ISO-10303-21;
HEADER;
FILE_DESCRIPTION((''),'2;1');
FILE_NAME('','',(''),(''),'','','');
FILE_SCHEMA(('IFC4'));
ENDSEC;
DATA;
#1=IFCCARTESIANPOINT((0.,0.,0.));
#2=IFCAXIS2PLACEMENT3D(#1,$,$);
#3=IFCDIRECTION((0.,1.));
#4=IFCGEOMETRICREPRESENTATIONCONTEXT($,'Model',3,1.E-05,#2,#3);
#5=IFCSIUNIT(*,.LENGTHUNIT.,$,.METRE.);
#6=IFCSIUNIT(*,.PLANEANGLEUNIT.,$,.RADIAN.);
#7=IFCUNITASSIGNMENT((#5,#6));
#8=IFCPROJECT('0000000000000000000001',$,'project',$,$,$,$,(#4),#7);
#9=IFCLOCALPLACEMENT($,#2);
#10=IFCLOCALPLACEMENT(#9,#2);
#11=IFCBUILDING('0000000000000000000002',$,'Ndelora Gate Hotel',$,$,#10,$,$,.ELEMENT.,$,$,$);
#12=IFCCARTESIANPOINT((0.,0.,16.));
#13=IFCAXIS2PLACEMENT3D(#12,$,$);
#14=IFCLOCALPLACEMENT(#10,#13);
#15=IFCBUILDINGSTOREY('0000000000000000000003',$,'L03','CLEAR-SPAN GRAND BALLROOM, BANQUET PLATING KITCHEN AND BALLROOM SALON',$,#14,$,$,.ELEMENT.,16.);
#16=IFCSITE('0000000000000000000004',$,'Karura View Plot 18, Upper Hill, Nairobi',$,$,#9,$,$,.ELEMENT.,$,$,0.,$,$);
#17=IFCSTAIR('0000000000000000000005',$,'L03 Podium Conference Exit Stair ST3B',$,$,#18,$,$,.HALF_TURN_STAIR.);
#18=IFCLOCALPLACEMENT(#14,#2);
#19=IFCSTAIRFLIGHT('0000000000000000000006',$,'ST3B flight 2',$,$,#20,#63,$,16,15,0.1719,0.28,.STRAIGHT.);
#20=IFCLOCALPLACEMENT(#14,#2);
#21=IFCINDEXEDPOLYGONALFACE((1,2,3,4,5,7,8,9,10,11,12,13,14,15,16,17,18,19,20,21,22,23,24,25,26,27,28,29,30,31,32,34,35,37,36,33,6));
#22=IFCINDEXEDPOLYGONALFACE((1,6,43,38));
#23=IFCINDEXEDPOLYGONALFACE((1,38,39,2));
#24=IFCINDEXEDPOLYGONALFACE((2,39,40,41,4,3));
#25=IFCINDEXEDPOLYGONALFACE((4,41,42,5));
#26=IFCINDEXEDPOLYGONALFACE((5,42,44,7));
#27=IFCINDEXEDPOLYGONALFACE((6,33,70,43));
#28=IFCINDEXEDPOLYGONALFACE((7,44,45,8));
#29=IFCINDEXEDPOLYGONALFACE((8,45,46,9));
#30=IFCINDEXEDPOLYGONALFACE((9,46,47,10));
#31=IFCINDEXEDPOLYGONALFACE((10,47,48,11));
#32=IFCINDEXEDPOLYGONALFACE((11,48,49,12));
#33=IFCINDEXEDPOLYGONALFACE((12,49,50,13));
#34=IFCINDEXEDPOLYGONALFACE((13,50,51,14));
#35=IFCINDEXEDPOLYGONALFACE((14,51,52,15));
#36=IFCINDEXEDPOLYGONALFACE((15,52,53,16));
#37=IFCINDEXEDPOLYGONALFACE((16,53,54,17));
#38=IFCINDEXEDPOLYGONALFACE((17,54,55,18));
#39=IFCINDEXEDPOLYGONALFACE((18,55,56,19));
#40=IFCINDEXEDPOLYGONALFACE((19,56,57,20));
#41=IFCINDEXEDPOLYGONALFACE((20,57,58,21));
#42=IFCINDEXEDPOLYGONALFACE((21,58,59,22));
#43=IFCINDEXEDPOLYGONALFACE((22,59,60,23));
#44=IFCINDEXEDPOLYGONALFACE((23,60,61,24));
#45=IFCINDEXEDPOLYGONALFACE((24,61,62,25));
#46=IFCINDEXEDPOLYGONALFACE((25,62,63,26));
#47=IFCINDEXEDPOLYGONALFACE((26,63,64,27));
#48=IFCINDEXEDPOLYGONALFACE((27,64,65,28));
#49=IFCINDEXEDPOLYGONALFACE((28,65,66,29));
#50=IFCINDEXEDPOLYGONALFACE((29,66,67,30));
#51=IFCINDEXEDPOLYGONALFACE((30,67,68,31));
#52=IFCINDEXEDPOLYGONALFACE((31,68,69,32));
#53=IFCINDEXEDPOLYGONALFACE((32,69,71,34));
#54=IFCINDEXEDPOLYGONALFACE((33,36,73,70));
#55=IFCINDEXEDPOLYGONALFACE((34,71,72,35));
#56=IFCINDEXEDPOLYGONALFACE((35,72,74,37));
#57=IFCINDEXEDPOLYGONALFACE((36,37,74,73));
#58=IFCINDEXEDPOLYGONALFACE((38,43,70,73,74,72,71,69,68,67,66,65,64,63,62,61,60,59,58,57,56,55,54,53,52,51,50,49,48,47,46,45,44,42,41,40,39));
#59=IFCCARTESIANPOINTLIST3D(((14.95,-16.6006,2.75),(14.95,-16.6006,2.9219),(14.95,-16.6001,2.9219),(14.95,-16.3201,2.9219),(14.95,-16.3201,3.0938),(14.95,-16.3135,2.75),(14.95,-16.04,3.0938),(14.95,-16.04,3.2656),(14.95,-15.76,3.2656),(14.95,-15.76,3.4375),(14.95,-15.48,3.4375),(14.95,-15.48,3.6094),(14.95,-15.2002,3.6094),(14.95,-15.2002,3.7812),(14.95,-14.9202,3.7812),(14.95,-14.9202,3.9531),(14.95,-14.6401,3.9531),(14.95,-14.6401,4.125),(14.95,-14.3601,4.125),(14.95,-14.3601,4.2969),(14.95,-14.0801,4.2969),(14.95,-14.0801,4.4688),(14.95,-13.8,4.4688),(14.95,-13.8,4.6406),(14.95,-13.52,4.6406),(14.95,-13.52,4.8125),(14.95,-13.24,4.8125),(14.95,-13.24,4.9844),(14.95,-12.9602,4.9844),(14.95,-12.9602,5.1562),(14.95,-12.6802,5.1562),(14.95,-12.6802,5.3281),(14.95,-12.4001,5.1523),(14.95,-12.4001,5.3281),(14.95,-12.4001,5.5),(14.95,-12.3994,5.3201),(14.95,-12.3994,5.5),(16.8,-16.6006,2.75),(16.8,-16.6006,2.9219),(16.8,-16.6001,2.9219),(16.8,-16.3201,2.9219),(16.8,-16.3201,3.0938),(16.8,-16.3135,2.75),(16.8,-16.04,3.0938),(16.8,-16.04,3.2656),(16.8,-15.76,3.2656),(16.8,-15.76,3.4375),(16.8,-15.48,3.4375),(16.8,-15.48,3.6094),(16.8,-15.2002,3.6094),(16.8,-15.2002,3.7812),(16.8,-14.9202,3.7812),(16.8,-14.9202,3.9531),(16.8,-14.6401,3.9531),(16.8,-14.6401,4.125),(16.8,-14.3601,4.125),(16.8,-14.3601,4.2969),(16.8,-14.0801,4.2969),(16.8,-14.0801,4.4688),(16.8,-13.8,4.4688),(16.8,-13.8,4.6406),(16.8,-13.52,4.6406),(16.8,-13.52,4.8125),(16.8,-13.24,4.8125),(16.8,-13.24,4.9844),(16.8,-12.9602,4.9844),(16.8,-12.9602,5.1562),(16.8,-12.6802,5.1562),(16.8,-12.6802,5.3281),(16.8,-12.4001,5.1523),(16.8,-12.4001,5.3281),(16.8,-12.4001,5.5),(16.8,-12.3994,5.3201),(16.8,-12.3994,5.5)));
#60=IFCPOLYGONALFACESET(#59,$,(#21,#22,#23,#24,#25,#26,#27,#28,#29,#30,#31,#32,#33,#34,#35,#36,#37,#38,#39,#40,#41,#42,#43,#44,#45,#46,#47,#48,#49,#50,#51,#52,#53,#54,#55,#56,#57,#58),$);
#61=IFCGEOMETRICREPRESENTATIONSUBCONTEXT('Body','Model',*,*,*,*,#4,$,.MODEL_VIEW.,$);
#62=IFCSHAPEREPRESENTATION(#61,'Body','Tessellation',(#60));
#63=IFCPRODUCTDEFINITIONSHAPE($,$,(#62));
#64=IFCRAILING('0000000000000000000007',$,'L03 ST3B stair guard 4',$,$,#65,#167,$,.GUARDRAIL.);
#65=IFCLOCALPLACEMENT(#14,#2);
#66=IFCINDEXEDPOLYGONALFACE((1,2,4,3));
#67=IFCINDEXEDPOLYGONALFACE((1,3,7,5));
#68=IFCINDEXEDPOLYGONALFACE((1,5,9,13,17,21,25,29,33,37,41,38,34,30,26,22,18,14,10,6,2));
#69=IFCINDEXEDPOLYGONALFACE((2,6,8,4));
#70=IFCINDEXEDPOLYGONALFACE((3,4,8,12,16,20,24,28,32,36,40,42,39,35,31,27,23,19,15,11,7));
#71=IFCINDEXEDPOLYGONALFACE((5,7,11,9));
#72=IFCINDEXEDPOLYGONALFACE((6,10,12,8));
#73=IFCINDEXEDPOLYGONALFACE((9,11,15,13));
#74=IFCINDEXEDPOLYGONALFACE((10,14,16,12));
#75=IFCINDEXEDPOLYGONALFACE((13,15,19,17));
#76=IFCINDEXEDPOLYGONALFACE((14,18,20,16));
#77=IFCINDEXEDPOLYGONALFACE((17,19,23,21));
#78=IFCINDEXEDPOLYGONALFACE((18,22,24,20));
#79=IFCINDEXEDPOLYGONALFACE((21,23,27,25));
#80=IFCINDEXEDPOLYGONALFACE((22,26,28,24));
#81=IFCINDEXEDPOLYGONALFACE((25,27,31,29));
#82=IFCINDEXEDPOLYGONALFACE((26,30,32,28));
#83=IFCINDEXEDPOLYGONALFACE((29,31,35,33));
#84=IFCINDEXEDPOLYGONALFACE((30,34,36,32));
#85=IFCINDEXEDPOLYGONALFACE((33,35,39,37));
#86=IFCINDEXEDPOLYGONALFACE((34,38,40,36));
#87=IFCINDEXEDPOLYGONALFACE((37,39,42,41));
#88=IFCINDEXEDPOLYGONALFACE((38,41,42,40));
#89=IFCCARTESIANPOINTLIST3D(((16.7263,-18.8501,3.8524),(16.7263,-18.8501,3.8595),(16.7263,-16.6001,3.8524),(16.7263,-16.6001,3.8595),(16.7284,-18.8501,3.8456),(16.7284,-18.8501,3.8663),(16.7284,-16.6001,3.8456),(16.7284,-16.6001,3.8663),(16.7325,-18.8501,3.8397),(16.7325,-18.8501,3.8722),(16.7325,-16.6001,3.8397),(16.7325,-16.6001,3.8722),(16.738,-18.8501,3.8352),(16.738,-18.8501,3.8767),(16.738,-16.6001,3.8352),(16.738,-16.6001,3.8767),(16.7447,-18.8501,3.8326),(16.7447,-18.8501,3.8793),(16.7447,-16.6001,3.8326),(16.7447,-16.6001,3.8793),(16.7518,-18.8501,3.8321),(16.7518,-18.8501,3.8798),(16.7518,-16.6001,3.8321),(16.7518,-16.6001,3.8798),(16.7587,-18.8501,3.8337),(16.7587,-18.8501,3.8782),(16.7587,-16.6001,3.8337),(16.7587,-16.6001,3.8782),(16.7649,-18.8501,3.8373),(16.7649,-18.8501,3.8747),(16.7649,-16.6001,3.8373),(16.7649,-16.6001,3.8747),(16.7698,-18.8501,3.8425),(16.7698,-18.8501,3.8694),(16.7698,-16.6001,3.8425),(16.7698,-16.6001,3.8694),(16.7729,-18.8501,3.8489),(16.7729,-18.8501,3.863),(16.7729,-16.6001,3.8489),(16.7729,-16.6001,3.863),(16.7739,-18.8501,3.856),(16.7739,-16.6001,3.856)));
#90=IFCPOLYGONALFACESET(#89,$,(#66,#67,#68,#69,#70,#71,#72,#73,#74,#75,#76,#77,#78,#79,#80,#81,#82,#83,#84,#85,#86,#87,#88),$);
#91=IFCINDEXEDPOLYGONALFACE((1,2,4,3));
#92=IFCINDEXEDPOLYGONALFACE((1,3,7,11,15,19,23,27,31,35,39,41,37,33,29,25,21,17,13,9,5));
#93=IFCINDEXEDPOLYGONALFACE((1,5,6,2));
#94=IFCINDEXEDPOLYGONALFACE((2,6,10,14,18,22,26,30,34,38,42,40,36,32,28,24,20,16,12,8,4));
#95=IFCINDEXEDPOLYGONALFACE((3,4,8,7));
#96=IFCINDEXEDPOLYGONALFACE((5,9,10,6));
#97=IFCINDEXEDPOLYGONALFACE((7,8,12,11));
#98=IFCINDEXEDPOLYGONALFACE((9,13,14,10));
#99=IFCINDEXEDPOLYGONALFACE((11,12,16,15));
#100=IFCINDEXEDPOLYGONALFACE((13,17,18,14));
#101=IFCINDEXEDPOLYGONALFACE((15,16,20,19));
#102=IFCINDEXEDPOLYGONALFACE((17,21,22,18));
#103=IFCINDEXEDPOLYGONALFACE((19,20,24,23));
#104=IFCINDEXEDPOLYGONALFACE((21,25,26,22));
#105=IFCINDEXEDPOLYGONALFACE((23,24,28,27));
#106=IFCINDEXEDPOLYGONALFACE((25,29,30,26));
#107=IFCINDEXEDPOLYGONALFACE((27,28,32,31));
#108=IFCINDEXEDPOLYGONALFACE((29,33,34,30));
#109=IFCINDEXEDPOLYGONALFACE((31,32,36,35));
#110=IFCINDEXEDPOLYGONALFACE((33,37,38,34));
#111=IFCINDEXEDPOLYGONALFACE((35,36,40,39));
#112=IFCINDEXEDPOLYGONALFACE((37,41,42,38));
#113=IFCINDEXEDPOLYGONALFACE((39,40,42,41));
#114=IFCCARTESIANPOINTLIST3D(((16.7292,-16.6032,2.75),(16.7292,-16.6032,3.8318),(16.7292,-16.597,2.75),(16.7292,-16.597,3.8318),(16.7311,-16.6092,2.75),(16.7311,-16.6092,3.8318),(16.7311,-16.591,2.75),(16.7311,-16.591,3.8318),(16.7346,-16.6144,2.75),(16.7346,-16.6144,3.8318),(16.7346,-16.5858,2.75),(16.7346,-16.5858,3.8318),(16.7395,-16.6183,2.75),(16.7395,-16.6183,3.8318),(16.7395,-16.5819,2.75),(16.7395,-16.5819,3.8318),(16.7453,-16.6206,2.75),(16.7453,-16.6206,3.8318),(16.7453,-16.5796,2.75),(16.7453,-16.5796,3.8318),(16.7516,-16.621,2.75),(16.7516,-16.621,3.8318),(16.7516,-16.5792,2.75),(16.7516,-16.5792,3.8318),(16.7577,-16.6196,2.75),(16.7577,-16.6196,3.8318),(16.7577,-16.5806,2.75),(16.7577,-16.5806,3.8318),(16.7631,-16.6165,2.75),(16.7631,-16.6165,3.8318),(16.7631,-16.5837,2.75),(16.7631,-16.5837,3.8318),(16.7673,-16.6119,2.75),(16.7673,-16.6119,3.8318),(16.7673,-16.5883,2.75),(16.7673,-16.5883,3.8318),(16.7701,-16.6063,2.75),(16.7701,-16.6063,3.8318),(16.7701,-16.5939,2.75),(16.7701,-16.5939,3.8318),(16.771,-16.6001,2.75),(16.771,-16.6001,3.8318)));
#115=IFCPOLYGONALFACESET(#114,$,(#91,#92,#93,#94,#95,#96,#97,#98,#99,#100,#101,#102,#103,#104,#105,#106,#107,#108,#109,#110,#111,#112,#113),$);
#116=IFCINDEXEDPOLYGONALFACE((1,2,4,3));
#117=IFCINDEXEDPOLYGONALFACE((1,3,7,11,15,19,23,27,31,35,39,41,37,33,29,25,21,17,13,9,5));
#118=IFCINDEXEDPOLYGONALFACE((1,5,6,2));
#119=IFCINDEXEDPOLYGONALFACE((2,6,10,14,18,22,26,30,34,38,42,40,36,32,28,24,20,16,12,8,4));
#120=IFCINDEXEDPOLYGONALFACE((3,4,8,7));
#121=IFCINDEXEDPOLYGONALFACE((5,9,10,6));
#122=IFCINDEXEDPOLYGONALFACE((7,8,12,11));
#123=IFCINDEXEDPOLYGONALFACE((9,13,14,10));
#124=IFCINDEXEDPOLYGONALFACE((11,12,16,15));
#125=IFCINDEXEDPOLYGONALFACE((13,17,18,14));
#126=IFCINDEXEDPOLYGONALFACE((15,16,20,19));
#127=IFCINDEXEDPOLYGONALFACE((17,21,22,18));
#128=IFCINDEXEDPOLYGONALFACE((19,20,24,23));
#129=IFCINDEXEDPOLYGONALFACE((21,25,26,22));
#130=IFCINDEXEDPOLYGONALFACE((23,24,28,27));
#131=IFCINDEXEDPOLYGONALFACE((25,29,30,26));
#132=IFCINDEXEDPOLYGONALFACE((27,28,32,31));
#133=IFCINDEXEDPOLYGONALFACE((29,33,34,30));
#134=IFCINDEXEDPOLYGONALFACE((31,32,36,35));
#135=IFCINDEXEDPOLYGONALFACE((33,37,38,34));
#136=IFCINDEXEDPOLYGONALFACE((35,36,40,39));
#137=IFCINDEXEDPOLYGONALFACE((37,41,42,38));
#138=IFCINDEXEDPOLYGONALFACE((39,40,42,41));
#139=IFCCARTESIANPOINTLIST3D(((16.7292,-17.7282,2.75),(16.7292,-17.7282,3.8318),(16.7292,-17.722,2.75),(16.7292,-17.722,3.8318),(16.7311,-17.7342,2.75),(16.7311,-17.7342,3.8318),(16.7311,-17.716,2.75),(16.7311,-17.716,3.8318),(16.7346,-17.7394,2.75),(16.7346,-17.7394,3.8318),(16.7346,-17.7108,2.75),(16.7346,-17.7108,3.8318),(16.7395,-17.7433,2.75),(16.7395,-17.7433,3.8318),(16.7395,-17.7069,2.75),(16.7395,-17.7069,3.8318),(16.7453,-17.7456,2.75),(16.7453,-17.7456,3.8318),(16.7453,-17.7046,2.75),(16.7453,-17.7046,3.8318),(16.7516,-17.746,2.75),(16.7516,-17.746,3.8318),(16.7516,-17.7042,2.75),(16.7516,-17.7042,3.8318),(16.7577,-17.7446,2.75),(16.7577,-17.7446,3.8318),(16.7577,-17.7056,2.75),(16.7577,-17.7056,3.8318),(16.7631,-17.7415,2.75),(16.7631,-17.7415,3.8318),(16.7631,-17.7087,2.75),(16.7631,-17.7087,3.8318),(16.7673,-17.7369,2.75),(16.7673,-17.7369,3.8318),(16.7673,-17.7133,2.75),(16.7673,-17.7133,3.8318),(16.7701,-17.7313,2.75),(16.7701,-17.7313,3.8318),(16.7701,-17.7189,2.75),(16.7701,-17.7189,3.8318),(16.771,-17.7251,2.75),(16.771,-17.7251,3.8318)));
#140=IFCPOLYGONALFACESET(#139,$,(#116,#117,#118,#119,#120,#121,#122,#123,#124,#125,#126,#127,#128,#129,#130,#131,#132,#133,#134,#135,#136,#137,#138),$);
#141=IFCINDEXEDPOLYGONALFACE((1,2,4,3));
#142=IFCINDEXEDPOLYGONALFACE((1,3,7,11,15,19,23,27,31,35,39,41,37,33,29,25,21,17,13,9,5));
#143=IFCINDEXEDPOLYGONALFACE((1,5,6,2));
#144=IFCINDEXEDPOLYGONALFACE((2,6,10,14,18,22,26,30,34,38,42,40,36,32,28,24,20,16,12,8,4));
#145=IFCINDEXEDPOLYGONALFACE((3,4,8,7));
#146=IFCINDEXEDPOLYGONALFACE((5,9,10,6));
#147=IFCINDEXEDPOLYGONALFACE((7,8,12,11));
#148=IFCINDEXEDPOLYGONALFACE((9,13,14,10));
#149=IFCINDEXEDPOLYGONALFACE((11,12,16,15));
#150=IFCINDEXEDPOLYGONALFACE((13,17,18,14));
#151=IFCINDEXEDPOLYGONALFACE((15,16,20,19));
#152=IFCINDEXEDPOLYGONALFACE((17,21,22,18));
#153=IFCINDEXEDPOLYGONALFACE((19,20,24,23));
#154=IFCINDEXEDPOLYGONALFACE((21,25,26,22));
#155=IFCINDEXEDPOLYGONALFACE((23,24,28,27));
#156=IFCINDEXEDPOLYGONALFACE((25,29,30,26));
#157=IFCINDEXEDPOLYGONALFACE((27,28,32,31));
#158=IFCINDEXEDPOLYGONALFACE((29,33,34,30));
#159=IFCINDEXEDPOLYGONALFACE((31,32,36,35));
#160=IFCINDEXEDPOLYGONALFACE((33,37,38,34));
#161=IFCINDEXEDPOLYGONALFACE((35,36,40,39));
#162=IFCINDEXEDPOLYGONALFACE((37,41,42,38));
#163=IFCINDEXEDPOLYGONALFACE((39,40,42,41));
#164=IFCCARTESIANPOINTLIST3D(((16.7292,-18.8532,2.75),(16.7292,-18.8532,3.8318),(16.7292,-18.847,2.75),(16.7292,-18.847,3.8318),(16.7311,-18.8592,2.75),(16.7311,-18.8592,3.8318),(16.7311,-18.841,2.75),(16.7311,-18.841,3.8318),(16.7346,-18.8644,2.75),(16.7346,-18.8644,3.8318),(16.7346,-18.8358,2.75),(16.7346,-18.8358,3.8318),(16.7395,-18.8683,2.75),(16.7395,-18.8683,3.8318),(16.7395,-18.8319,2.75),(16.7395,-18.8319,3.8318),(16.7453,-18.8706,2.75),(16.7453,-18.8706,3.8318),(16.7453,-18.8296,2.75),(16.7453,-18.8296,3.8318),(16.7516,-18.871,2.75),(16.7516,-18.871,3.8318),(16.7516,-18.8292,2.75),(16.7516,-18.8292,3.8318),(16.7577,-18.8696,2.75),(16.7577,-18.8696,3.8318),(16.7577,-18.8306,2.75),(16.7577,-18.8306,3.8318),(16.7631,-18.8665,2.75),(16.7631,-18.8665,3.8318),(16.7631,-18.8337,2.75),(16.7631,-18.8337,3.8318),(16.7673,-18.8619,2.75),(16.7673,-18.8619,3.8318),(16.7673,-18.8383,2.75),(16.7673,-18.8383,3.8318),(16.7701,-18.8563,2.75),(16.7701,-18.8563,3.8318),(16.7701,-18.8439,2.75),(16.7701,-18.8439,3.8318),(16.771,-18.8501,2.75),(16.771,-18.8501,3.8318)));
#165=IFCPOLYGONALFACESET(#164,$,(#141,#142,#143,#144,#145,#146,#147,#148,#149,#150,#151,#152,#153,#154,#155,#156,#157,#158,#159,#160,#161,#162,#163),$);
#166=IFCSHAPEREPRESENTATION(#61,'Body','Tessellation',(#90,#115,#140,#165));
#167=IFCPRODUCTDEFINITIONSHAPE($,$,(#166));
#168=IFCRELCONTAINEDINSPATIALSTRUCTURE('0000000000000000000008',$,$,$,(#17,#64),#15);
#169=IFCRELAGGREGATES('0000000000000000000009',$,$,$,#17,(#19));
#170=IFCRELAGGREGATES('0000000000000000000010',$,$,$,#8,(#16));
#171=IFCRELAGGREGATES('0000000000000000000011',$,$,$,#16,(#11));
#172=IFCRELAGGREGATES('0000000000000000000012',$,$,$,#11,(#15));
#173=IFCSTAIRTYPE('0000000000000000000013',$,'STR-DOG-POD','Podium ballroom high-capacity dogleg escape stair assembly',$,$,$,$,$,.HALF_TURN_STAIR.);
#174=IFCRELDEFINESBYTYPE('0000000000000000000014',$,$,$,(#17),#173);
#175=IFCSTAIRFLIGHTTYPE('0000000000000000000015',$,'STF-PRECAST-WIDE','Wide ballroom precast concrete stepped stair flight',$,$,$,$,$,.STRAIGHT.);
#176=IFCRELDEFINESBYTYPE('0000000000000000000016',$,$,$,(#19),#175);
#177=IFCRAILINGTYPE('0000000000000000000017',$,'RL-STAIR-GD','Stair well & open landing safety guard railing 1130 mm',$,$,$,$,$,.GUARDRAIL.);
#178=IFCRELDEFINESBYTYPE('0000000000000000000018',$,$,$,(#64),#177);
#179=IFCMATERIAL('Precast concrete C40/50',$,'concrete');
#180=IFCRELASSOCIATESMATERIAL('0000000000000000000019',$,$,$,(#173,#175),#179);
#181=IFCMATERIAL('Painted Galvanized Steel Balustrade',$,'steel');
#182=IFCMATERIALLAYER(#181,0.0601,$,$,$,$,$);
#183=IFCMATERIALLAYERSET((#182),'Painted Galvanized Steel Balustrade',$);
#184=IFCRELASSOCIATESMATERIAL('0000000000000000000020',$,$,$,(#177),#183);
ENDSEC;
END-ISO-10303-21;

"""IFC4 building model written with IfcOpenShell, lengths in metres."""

from ifc_helpers import new_model, si_unit, direction, frame, origin, origin_2d, place, context, subcontext, project, spatial, polyline, circle, outline, extrude, material, layer, layer_set, type_object, element, aggregate, save


model = new_model("IFC4")

# Units and contexts
model_context = context("Model", 3, precision=1e-05, world=origin(), true_north=direction((0.0, 1.0)))
body_context = subcontext(model_context, "Body", "Model", "MODEL_VIEW")
ifc_project = project(units=[si_unit("LENGTHUNIT", "METRE"), si_unit("PLANEANGLEUNIT", "RADIAN")], contexts=[model_context])

# Site, building, storey
site_placement = place(None, origin())
site = spatial("IfcSite", under=ifc_project, at=site_placement, Name="Karura View Plot 18, Upper Hill, Nairobi", CompositionType="ELEMENT", RefElevation=0.0)
building_placement = place(site_placement, origin())
building = spatial("IfcBuilding", under=site, at=building_placement, Name="Ndelora Gate Hotel", CompositionType="ELEMENT")
storey_placement = place(building_placement, frame((0.0, 0.0, 16.0)))
storey = spatial("IfcBuildingStorey", under=building, at=storey_placement, Name="L03", Description="CLEAR-SPAN GRAND BALLROOM, BANQUET PLATING KITCHEN AND BALLROOM SALON", CompositionType="ELEMENT", Elevation=16.0)

# Shared definitions
ifc_material_1 = material(Name="Precast concrete C40/50", Category="concrete")

# Stair, stair flight
stair_type = type_object("IfcStairType", Name="STR-DOG-POD", Description="Podium ballroom high-capacity dogleg escape stair assembly", PredefinedType="HALF_TURN_STAIR", material=ifc_material_1)
stair_placement = place(storey_placement, origin())
stair = element("IfcStair", 1, at=stair_placement, inside=storey, type_object=stair_type, Name="L03 Podium Conference Exit Stair ST3B", PredefinedType="HALF_TURN_STAIR")
stair_flight_type = type_object("IfcStairFlightType", Name="STF-PRECAST-WIDE", Description="Wide ballroom precast concrete stepped stair flight", PredefinedType="STRAIGHT", material=ifc_material_1)
stair_flight_placement = place(storey_placement, frame((15.875, -16.6001, 2.75), z_axis=(0.0, 0.0, 1.0), x_axis=(0.0, 1.0, 0.0)))
stair_flight = element("IfcStairFlight", 2, at=stair_flight_placement, type_object=stair_flight_type, Name="ST3B flight 2", NumberOfRisers=16, NumberOfTreads=15, PredefinedType="STRAIGHT", RiserHeight=0.1719, TreadLength=0.28, context=body_context, shape_type="SweptSolid", body=[
    extrude(outline(polyline([(-0.0005, 0.0), (-0.0005, 0.1719), (0.0, 0.1719), (0.28, 0.1719), (0.28, 0.3438), (0.5601, 0.3438), (0.5601, 0.5156), (0.8401, 0.5156), (0.8401, 0.6875), (1.1201, 0.6875), (1.1201, 0.8594), (1.3999, 0.8594), (1.3999, 1.0312), (1.6799, 1.0312), (1.6799, 1.2031), (1.96, 1.2031), (1.96, 1.375), (2.24, 1.375), (2.24, 1.5469), (2.52, 1.5469), (2.52, 1.7188), (2.8, 1.7188), (2.8, 1.8906), (3.0801, 1.8906), (3.0801, 2.0625), (3.3601, 2.0625), (3.3601, 2.2344), (3.6399, 2.2344), (3.6399, 2.4062), (3.9199, 2.4062), (3.9199, 2.5781), (4.2, 2.5781), (4.2, 2.75), (4.2007, 2.75), (4.2007, 2.5701), (4.2, 2.4023), (0.2866, 0.0), (-0.0005, 0.0)])), frame((0.0, 0.925, 0.0), z_axis=(0.0, -1.0, 0.0), x_axis=(1.0, 0.0, 0.0)), (0.0, 0.0, 1.0), 1.8501),
])
aggregate(stair, [stair_flight])

# Railing
ifc_material_2 = material(Name="Painted Galvanized Steel Balustrade", Category="steel")
ifc_layer_1 = layer(ifc_material_2, 0.0601)
ifc_layer_set_1 = layer_set([ifc_layer_1], Name="Painted Galvanized Steel Balustrade")
railing_type_1 = type_object("IfcRailingType", Name="RL-STAIR-GD", Description="Stair well & open landing safety guard railing 1130 mm", PredefinedType="GUARDRAIL", material=ifc_layer_set_1)
railing_1_placement = place(storey_placement, frame((16.75, -16.6001, 2.75)))
element("IfcRailing", 3, at=railing_1_placement, inside=storey, type_object=railing_type_1, Name="L03 ST3B stair guard 4", PredefinedType="GUARDRAIL", context=body_context, shape_type="SweptSolid", body=[
    extrude(circle(Radius=0.0239, at=origin_2d()), frame((0.0, 0.0, 1.106), z_axis=(0.0, -1.0, 0.0), x_axis=(1.0, 0.0, 0.0)), (0.0, 0.0, 1.0), 2.25),
    extrude(circle(Radius=0.021, at=origin_2d()), origin(), (0.0, 0.0, 1.0), 1.0818),
    extrude(circle(Radius=0.021, at=origin_2d()), frame((0.0, -1.125, 0.0)), (0.0, 0.0, 1.0), 1.0818),
    extrude(circle(Radius=0.021, at=origin_2d()), frame((0.0, -2.25, 0.0)), (0.0, 0.0, 1.0), 1.0818),
])

save(model, "model.ifc")
